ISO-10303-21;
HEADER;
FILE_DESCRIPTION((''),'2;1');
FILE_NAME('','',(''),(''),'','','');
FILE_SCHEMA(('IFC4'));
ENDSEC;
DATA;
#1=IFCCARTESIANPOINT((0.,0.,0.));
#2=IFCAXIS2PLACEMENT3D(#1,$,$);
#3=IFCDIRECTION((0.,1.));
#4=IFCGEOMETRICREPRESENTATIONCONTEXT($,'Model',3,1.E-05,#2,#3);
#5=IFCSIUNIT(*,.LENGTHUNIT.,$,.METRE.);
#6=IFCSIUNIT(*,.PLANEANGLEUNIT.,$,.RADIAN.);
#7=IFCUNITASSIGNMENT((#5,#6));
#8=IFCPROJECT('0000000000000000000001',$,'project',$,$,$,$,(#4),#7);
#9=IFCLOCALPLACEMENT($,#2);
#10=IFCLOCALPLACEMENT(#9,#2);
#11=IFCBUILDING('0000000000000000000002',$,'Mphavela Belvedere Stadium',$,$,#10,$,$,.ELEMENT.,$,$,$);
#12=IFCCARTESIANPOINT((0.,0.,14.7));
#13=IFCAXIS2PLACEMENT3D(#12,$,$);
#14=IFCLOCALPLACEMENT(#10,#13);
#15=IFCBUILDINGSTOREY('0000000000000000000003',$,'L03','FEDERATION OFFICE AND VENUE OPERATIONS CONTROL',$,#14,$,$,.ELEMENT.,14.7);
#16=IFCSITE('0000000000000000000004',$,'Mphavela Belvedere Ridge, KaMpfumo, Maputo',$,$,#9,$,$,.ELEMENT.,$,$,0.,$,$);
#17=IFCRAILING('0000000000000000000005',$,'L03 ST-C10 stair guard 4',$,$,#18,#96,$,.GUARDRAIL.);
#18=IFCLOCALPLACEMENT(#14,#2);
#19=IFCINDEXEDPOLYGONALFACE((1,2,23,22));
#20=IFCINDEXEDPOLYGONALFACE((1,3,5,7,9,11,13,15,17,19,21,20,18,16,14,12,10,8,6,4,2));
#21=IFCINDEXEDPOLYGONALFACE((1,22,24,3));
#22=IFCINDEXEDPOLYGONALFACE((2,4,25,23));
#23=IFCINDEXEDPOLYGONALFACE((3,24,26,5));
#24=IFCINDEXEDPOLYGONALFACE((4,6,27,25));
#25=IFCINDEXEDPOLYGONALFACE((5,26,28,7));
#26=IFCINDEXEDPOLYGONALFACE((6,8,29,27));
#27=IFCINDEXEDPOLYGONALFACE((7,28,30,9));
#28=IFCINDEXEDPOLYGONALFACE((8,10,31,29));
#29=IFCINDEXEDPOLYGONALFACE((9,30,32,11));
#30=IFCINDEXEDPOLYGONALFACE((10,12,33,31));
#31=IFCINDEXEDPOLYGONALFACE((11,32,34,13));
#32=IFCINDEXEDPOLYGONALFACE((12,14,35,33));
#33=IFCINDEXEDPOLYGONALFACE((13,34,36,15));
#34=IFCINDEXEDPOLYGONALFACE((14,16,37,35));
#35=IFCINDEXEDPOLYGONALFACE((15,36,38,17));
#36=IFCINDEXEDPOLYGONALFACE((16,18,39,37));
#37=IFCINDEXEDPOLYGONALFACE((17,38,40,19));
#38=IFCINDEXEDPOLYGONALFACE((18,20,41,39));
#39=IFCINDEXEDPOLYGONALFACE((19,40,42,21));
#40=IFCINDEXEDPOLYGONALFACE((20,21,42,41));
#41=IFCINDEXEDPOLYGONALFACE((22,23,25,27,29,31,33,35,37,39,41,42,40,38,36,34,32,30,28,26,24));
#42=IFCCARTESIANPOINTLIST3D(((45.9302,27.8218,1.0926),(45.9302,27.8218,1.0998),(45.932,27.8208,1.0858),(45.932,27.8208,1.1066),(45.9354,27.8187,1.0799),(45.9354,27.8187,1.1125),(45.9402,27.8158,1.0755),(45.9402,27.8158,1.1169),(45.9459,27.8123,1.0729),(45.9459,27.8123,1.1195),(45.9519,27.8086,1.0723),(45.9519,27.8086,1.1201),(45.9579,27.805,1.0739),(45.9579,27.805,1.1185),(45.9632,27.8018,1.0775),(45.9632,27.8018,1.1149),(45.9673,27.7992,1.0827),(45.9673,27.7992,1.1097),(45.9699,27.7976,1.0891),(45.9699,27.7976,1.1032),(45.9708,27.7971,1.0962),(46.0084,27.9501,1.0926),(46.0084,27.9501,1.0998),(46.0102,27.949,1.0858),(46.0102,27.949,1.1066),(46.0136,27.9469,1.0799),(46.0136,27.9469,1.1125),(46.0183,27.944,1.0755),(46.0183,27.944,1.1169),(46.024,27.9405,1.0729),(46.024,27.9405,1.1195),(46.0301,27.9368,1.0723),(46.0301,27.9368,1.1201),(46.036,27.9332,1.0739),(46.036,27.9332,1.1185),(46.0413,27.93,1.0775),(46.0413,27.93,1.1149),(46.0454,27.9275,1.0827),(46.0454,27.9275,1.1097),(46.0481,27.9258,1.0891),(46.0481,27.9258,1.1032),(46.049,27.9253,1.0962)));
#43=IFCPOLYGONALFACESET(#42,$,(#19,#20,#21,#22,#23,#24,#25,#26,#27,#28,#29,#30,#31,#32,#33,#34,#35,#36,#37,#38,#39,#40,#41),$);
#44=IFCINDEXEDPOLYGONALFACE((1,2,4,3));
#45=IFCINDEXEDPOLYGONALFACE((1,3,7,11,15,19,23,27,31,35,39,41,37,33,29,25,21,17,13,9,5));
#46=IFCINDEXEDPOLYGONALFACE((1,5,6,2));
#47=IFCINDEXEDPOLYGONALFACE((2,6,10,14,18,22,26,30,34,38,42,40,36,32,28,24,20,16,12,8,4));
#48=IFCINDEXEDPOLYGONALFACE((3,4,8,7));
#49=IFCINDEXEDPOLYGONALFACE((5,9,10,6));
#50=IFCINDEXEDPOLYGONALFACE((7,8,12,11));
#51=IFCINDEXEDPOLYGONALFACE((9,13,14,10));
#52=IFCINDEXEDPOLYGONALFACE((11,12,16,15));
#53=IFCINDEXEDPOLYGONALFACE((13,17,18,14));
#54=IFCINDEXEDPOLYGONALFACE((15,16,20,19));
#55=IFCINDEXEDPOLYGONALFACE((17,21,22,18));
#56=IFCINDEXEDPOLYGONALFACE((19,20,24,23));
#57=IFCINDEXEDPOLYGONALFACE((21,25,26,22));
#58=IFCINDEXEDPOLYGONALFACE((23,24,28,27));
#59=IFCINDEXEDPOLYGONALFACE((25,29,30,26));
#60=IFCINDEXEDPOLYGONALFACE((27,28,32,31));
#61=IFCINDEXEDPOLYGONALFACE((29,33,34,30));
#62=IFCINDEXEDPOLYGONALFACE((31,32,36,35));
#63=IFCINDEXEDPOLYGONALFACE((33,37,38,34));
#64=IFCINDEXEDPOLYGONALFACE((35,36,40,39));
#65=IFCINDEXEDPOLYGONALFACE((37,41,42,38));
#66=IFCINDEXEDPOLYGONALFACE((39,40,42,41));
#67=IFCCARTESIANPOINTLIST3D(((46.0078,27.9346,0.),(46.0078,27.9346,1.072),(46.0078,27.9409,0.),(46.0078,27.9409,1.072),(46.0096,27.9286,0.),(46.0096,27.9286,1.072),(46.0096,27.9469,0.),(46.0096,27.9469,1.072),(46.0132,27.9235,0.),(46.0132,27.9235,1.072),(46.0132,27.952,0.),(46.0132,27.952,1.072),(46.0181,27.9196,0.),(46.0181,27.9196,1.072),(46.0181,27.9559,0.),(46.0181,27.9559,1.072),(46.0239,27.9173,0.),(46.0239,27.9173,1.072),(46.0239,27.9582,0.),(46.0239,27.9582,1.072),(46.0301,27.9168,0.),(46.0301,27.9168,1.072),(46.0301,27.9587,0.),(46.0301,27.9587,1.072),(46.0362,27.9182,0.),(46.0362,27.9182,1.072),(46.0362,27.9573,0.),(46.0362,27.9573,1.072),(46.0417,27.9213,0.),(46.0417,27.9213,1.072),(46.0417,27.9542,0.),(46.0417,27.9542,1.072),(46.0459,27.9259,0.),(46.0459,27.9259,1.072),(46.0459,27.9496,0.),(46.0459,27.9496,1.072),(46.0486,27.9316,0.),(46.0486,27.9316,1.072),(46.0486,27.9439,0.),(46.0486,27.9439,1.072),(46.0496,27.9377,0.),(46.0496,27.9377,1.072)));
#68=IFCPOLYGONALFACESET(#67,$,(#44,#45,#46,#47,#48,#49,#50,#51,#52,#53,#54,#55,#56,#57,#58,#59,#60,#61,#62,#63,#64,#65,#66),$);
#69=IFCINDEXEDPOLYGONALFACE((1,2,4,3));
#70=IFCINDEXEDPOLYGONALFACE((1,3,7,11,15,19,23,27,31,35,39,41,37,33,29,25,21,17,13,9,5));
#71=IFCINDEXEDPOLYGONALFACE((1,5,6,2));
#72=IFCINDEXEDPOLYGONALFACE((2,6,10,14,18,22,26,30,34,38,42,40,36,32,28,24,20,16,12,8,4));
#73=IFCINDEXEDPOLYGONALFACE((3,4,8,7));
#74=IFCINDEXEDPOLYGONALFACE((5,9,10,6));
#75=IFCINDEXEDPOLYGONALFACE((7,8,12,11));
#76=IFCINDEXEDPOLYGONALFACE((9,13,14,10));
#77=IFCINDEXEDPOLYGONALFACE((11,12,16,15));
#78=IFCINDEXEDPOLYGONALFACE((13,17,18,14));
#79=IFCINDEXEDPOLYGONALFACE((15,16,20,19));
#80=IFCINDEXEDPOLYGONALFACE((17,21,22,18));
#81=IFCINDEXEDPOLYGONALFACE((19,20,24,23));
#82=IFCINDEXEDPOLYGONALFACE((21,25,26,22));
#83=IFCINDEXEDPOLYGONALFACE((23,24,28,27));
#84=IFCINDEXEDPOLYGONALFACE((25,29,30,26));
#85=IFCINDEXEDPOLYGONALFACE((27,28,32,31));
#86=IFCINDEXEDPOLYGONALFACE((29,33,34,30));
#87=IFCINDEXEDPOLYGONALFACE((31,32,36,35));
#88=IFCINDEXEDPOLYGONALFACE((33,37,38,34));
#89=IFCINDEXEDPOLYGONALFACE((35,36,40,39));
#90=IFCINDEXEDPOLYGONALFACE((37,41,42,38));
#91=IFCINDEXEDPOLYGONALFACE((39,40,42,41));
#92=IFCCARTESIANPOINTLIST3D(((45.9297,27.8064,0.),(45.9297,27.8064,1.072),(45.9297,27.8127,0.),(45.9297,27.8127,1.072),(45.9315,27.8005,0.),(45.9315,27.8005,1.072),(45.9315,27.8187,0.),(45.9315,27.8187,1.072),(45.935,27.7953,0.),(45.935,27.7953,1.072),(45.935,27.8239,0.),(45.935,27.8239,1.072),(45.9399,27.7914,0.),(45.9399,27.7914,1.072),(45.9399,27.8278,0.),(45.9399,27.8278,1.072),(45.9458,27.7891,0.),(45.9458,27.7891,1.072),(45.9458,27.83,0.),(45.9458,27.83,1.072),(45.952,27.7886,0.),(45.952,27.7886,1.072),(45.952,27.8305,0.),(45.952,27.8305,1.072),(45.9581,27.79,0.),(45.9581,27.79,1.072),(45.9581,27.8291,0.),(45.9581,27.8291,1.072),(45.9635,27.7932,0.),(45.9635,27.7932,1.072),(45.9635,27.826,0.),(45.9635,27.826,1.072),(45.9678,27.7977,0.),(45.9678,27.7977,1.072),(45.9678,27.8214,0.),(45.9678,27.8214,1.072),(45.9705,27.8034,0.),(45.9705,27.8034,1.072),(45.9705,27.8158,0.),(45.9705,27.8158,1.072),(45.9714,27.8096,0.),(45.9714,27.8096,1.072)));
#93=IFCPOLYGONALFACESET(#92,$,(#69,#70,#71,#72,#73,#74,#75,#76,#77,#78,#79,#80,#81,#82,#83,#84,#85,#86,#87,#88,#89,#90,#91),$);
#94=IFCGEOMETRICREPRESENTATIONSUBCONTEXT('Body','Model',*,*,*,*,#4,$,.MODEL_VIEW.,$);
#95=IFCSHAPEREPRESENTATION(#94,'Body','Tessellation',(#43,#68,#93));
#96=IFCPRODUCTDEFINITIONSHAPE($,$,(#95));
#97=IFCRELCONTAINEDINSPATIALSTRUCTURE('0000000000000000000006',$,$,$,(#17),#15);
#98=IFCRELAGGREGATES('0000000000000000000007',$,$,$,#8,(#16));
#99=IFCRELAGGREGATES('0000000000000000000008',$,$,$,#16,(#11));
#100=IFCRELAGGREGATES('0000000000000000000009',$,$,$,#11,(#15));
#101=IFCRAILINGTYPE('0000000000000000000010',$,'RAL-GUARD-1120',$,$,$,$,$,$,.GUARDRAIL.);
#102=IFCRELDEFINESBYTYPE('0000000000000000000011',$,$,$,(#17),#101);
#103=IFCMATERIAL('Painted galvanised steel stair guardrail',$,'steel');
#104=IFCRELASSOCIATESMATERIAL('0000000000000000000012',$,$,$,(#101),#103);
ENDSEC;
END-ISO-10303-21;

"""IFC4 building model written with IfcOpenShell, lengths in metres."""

from ifc_helpers import new_model, si_unit, direction, frame, origin, origin_2d, place, context, subcontext, project, spatial, circle, extrude, material, type_object, element, save


model = new_model("IFC4")

# Units and contexts
model_context = context("Model", 3, precision=1e-05, world=origin(), true_north=direction((0.0, 1.0)))
body_context = subcontext(model_context, "Body", "Model", "MODEL_VIEW")
ifc_project = project(units=[si_unit("LENGTHUNIT", "METRE"), si_unit("PLANEANGLEUNIT", "RADIAN")], contexts=[model_context])

# Site, building, storey
site_placement = place(None, origin())
site = spatial("IfcSite", under=ifc_project, at=site_placement, Name="Mphavela Belvedere Ridge, KaMpfumo, Maputo", CompositionType="ELEMENT", RefElevation=0.0)
building_placement = place(site_placement, origin())
building = spatial("IfcBuilding", under=site, at=building_placement, Name="Mphavela Belvedere Stadium", CompositionType="ELEMENT")
storey_placement = place(building_placement, frame((0.0, 0.0, 14.7)))
storey = spatial("IfcBuildingStorey", under=building, at=storey_placement, Name="L03", Description="FEDERATION OFFICE AND VENUE OPERATIONS CONTROL", CompositionType="ELEMENT", Elevation=14.7)

# Railing
ifc_material_1 = material(Name="Painted galvanised steel stair guardrail", Category="steel")
railing_type_1 = type_object("IfcRailingType", Name="RAL-GUARD-1120", PredefinedType="GUARDRAIL", material=ifc_material_1)
railing_1_placement = place(storey_placement, frame((46.0286, 27.9377, 0.0)))
element("IfcRailing", 1, at=railing_1_placement, inside=storey, type_object=railing_type_1, Name="L03 ST-C10 stair guard 4", PredefinedType="GUARDRAIL", context=body_context, shape_type="SweptSolid", body=[
    extrude(circle(Radius=0.0239, at=origin_2d()), frame((0.0, 0.0, 1.0962), z_axis=(-0.520463, -0.853884, 0.0), x_axis=(0.853884, -0.520463, 0.0)), (0.0, 0.0, 1.0), 0.1501),
    extrude(circle(Radius=0.021, at=origin_2d()), origin(), (0.0, 0.0, 1.0), 1.072),
    extrude(circle(Radius=0.021, at=origin_2d()), frame((-0.0781, -0.1282, 0.0)), (0.0, 0.0, 1.0), 1.072),
])

save(model, "model.ifc")
